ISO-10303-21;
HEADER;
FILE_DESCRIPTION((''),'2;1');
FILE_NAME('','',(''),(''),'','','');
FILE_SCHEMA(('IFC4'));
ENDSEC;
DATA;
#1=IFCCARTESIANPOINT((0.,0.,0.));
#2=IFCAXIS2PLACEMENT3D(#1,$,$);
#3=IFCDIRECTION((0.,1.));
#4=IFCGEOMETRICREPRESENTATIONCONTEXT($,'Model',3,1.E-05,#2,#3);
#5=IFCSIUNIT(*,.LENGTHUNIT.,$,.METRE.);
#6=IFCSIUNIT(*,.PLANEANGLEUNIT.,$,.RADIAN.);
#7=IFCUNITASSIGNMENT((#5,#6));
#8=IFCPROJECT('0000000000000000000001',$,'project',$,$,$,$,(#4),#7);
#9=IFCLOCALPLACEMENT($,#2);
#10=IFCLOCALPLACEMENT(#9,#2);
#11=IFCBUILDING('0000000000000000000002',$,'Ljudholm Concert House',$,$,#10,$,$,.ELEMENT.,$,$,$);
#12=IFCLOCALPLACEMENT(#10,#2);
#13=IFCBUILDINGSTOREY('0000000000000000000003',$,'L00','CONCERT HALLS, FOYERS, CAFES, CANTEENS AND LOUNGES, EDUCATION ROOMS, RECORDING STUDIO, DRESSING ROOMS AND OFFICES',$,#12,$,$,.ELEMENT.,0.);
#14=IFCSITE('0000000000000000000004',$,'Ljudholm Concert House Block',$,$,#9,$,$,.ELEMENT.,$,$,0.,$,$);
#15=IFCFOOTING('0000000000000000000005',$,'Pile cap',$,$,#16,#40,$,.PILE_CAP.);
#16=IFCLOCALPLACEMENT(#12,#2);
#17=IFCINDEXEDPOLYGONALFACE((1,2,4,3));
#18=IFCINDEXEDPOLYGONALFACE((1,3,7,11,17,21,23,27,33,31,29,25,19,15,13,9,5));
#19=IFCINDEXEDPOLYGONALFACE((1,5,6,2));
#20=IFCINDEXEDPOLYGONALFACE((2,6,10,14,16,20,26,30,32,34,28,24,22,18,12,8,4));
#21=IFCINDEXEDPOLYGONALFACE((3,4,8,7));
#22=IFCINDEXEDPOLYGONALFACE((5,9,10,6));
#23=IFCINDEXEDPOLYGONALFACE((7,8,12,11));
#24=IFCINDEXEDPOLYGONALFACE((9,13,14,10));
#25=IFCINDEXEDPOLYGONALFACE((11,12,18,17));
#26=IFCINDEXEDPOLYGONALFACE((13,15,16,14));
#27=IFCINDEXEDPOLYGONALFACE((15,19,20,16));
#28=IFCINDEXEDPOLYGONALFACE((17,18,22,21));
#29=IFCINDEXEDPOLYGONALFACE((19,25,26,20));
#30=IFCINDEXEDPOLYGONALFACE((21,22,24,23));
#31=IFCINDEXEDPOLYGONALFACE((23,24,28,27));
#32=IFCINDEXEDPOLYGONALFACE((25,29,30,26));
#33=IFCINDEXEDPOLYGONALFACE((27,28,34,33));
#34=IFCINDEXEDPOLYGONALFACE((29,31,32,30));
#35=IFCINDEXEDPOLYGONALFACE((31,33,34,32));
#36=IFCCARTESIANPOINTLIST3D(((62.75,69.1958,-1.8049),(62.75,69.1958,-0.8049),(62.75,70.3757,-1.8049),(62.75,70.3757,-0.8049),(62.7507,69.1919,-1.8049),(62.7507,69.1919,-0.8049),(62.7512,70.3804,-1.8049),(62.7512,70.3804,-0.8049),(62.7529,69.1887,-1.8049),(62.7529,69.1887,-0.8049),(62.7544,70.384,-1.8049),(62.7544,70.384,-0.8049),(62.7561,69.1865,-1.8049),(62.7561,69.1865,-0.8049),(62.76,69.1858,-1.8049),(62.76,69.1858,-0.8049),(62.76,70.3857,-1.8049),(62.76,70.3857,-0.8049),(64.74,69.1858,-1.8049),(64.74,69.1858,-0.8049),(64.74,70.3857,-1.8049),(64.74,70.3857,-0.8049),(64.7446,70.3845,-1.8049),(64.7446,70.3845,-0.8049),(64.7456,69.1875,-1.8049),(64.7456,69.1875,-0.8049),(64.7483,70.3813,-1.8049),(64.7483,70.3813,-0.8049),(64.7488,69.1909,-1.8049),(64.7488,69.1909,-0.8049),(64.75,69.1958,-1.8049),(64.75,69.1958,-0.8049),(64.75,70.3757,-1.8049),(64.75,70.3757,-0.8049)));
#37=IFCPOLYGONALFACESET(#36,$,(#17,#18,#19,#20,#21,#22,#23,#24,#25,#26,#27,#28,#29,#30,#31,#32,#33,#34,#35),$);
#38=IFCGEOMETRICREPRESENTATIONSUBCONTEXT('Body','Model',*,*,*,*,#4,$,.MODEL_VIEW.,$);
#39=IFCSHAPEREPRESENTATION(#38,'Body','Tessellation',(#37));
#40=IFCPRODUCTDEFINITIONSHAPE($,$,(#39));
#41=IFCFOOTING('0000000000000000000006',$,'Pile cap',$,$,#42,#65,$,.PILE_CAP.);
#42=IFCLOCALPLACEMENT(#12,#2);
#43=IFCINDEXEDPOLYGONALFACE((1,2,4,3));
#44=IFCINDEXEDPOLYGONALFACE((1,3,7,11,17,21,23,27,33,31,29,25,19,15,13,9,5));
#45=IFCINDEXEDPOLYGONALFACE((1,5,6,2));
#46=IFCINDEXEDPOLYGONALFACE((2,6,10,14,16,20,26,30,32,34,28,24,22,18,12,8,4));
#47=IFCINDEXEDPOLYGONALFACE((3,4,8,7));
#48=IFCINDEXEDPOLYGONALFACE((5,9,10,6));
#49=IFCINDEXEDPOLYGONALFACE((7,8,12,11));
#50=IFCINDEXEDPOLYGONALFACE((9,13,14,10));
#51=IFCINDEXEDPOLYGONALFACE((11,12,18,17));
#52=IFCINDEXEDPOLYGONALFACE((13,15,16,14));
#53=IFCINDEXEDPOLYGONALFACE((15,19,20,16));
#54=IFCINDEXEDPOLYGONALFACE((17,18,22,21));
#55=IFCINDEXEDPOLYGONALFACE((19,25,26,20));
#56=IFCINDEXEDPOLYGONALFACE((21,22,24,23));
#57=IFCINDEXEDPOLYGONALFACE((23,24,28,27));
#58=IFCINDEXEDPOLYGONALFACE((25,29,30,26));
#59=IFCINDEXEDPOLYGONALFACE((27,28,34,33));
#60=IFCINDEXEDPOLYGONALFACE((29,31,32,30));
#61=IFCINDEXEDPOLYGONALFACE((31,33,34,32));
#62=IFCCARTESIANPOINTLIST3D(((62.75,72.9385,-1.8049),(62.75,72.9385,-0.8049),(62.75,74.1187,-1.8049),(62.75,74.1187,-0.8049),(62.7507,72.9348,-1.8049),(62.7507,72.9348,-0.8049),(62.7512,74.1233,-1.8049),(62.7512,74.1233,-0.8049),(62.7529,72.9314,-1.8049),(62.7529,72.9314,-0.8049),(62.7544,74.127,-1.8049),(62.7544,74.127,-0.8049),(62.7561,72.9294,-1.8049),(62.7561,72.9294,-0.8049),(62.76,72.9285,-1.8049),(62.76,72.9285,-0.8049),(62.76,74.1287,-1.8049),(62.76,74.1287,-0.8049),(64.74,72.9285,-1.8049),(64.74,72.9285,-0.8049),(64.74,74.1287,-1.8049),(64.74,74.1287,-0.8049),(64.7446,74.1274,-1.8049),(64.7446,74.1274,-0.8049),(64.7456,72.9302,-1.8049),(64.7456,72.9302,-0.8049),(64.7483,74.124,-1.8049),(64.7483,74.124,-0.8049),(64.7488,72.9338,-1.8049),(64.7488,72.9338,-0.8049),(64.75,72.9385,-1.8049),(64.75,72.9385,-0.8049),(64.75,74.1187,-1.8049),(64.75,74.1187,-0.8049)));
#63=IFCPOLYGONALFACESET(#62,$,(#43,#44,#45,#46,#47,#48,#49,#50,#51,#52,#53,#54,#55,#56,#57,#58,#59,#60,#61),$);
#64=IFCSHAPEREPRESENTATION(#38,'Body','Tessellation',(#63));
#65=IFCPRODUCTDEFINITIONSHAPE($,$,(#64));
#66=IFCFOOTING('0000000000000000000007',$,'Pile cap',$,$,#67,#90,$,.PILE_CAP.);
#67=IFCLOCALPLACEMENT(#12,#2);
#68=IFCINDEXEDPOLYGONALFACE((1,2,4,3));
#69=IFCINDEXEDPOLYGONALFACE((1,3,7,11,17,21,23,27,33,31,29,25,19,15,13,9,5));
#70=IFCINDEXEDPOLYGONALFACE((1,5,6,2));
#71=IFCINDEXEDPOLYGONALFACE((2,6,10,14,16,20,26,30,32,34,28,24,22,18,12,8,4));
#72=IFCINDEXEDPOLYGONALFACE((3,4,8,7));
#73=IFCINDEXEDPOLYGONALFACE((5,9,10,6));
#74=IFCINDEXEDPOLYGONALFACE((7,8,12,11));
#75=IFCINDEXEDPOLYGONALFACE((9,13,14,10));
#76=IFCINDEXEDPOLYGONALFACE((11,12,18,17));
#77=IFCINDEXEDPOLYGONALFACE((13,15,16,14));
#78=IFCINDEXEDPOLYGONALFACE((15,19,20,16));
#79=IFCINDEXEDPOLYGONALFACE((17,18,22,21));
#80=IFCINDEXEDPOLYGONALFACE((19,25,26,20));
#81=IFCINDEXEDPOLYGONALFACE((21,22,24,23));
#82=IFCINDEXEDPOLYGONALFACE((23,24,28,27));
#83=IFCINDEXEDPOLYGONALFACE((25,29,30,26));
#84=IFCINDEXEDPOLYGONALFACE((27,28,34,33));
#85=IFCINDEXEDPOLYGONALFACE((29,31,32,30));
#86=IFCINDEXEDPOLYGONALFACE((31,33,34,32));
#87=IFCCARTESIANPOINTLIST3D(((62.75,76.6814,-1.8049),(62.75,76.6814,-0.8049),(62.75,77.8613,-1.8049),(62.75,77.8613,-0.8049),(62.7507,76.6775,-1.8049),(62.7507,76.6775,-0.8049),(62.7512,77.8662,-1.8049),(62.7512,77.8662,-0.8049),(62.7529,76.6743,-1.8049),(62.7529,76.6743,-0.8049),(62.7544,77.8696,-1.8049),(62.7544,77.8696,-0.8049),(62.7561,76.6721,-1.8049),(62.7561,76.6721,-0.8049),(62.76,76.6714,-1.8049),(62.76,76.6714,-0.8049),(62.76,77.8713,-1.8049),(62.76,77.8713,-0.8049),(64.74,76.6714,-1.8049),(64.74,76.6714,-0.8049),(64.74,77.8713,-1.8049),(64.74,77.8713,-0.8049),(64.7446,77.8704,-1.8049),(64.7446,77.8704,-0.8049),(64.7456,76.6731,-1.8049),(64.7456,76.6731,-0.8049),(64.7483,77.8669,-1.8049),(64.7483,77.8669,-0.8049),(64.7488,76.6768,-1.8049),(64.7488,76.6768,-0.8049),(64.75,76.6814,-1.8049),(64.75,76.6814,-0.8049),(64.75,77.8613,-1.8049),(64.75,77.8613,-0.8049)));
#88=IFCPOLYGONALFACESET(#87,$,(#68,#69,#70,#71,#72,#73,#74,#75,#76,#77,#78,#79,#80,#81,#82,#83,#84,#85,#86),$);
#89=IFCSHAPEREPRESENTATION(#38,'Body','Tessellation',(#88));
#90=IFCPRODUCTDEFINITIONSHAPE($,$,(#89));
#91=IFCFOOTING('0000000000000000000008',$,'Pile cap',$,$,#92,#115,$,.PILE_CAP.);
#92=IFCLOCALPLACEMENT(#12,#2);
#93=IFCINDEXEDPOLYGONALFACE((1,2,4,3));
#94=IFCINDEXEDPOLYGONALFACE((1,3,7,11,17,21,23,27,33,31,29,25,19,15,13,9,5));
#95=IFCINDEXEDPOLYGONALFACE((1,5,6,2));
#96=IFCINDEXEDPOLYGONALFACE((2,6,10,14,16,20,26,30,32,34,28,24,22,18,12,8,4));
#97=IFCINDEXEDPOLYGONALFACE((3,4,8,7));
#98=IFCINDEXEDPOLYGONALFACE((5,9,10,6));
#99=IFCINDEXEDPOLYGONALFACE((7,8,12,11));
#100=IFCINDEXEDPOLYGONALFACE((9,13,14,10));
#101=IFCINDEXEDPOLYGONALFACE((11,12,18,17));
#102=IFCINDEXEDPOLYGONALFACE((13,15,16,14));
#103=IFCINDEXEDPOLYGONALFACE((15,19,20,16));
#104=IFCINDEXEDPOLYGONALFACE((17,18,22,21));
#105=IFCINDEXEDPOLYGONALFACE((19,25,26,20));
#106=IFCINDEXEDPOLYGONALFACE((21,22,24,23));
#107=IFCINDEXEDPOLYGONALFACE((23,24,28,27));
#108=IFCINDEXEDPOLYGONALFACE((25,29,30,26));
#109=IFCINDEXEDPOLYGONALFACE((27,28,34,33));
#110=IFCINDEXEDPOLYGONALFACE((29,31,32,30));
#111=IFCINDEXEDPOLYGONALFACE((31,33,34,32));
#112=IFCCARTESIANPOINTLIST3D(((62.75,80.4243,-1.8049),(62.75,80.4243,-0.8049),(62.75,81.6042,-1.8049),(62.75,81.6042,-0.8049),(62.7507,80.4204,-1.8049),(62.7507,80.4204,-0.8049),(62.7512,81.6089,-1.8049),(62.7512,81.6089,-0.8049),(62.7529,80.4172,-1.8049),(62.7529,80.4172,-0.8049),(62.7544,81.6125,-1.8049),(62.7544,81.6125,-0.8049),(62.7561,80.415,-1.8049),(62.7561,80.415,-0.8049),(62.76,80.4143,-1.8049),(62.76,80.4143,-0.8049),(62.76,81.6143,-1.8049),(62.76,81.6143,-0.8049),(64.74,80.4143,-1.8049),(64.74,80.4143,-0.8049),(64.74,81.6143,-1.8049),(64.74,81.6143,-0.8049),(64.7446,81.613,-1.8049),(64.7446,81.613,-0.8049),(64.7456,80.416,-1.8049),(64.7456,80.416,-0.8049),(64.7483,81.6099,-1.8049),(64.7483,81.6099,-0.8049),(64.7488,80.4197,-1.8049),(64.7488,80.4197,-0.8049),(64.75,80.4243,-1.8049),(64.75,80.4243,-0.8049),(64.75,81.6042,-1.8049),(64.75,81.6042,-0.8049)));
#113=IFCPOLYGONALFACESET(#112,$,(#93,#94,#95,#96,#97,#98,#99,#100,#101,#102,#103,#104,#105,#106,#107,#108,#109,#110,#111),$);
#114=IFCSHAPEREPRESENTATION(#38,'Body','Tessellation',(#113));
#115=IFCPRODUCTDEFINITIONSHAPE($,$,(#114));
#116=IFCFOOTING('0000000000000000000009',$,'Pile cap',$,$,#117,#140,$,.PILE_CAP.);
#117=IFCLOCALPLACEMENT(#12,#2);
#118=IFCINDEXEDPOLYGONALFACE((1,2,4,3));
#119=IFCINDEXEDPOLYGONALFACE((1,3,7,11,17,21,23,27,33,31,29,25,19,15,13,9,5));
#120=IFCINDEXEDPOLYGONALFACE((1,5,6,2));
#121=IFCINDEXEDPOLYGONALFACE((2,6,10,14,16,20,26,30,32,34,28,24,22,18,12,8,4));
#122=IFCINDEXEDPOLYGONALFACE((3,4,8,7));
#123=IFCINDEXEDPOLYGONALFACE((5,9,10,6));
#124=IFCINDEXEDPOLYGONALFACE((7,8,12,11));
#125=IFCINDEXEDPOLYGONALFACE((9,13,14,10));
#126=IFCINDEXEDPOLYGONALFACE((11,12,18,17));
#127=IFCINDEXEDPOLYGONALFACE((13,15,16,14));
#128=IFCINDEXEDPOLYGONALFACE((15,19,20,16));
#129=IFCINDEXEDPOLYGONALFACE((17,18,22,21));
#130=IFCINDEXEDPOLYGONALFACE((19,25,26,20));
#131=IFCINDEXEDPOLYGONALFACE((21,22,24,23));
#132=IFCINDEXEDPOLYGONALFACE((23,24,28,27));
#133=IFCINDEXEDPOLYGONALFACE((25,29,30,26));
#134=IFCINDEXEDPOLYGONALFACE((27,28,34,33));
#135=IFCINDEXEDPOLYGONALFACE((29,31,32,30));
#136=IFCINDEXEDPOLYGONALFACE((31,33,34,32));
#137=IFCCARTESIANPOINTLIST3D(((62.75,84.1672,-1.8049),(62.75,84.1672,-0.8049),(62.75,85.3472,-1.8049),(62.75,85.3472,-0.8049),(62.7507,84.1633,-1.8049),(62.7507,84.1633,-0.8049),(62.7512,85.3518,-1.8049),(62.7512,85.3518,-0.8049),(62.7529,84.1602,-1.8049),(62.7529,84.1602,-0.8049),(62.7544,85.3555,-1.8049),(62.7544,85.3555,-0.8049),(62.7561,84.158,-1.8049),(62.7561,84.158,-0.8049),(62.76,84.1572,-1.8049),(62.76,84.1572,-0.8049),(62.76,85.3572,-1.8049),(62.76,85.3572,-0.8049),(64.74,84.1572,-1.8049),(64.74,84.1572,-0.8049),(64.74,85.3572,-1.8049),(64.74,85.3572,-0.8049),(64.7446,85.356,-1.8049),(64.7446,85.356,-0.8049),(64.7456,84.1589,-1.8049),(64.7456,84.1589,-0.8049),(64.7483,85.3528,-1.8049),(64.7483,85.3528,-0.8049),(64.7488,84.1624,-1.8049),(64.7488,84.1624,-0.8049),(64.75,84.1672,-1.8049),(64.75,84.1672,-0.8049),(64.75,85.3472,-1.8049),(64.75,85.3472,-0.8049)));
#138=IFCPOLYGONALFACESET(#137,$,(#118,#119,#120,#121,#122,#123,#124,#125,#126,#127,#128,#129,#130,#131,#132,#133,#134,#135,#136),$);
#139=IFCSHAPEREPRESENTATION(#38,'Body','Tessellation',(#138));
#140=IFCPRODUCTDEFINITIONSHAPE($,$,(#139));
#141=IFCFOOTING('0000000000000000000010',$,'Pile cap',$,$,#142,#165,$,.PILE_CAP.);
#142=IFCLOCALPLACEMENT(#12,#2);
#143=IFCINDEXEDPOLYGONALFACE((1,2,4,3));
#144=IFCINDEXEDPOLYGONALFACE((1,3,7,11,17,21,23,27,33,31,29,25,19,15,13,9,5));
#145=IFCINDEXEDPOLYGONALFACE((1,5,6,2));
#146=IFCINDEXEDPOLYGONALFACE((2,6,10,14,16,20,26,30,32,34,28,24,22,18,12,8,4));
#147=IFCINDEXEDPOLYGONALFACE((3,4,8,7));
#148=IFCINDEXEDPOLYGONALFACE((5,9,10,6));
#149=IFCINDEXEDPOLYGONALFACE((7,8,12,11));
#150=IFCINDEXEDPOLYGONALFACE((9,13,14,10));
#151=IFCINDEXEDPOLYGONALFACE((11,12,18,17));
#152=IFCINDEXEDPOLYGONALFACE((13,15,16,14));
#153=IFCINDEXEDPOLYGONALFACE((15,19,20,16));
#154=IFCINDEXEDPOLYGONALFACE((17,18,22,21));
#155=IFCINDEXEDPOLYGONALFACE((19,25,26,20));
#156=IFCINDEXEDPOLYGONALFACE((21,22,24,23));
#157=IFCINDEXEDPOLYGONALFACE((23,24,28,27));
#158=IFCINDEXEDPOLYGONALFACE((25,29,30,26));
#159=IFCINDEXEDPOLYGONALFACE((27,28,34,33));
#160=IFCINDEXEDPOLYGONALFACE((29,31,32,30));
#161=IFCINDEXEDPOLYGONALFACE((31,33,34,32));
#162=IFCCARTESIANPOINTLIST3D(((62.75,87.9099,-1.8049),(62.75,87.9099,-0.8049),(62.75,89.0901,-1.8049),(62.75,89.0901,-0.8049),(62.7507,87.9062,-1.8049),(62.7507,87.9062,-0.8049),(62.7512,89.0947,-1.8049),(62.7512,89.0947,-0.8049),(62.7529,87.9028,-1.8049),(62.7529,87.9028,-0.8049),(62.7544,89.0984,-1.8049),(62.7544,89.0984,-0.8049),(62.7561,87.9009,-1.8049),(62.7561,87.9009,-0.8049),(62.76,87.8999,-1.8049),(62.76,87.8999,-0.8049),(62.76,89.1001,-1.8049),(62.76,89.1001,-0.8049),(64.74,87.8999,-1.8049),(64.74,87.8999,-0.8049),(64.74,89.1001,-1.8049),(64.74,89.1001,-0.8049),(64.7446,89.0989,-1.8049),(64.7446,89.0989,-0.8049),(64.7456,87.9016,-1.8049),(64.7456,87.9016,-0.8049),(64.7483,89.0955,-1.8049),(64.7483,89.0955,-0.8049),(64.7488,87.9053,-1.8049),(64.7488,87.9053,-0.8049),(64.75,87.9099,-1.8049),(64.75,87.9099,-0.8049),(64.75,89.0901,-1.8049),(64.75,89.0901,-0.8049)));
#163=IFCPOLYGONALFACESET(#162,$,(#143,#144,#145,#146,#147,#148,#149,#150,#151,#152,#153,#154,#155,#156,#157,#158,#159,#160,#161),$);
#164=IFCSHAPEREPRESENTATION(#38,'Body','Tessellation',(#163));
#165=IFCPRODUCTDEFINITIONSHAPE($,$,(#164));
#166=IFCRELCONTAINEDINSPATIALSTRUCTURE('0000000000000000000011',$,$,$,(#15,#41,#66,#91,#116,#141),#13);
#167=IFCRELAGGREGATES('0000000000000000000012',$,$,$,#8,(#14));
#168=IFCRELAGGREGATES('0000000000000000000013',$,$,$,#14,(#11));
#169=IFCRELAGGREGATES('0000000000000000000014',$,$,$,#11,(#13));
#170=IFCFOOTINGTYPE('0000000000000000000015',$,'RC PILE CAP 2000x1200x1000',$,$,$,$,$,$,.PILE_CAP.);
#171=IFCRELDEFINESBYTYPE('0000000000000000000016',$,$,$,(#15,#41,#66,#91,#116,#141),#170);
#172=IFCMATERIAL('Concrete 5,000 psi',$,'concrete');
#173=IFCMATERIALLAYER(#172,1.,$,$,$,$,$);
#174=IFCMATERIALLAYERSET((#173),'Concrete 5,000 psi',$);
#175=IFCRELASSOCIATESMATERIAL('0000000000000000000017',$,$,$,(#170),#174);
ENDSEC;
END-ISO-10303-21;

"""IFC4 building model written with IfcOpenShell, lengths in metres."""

from ifc_helpers import new_model, si_unit, direction, frame, origin, place, context, subcontext, project, spatial, polyline, outline, extrude, material, layer, layer_set, type_object, element, save


model = new_model("IFC4")

# Units and contexts
model_context = context("Model", 3, precision=1e-05, world=origin(), true_north=direction((0.0, 1.0)))
body_context = subcontext(model_context, "Body", "Model", "MODEL_VIEW")
ifc_project = project(units=[si_unit("LENGTHUNIT", "METRE"), si_unit("PLANEANGLEUNIT", "RADIAN")], contexts=[model_context])

# Site, building, storey
site_placement = place(None, origin())
site = spatial("IfcSite", under=ifc_project, at=site_placement, Name="Ljudholm Concert House Block", CompositionType="ELEMENT", RefElevation=0.0)
building_placement = place(site_placement, origin())
building = spatial("IfcBuilding", under=site, at=building_placement, Name="Ljudholm Concert House", CompositionType="ELEMENT")
storey_placement = place(building_placement, origin())
storey = spatial("IfcBuildingStorey", under=building, at=storey_placement, Name="L00", Description="CONCERT HALLS, FOYERS, CAFES, CANTEENS AND LOUNGES, EDUCATION ROOMS, RECORDING STUDIO, DRESSING ROOMS AND OFFICES", CompositionType="ELEMENT", Elevation=0.0)

# Footings
ifc_material_1 = material(Name="Concrete 5,000 psi", Category="concrete")
ifc_layer_1 = layer(ifc_material_1, 1.0)
ifc_layer_set_1 = layer_set([ifc_layer_1], Name="Concrete 5,000 psi")
footing_type_1 = type_object("IfcFootingType", Name="RC PILE CAP 2000x1200x1000", PredefinedType="PILE_CAP", material=ifc_layer_set_1)
footing_1_placement = place(storey_placement, frame((0.0, 0.0, -1.8049)))
element("IfcFooting", 1, at=footing_1_placement, inside=storey, type_object=footing_type_1, Name="Pile cap", PredefinedType="PILE_CAP", context=body_context, shape_type="SweptSolid", body=[
    extrude(outline(polyline([(62.76, 69.1858), (64.74, 69.1858), (64.7456, 69.1875), (64.7488, 69.1909), (64.75, 69.1958), (64.75, 70.3757), (64.7483, 70.3813), (64.7446, 70.3845), (64.74, 70.3857), (62.76, 70.3857), (62.7544, 70.384), (62.7512, 70.3804), (62.75, 70.3757), (62.75, 69.1958), (62.7507, 69.1919), (62.7529, 69.1887), (62.7561, 69.1865), (62.76, 69.1858)])), origin(), (0.0, 0.0, 1.0), 1.0),
])
footing_2_placement = place(storey_placement, frame((0.0, 0.0, -1.8049)))
element("IfcFooting", 2, at=footing_2_placement, inside=storey, type_object=footing_type_1, Name="Pile cap", PredefinedType="PILE_CAP", context=body_context, shape_type="SweptSolid", body=[
    extrude(outline(polyline([(62.76, 72.9285), (64.74, 72.9285), (64.7456, 72.9302), (64.7488, 72.9338), (64.75, 72.9385), (64.75, 74.1187), (64.7483, 74.124), (64.7446, 74.1274), (64.74, 74.1287), (62.76, 74.1287), (62.7544, 74.127), (62.7512, 74.1233), (62.75, 74.1187), (62.75, 72.9385), (62.7507, 72.9348), (62.7529, 72.9314), (62.7561, 72.9294), (62.76, 72.9285)])), origin(), (0.0, 0.0, 1.0), 1.0),
])
footing_3_placement = place(storey_placement, frame((0.0, 0.0, -1.8049)))
element("IfcFooting", 3, at=footing_3_placement, inside=storey, type_object=footing_type_1, Name="Pile cap", PredefinedType="PILE_CAP", context=body_context, shape_type="SweptSolid", body=[
    extrude(outline(polyline([(62.76, 76.6714), (64.74, 76.6714), (64.7456, 76.6731), (64.7488, 76.6768), (64.75, 76.6814), (64.75, 77.8613), (64.7483, 77.8669), (64.7446, 77.8704), (64.74, 77.8713), (62.76, 77.8713), (62.7544, 77.8696), (62.7512, 77.8662), (62.75, 77.8613), (62.75, 76.6814), (62.7507, 76.6775), (62.7529, 76.6743), (62.7561, 76.6721), (62.76, 76.6714)])), origin(), (0.0, 0.0, 1.0), 1.0),
])
footing_4_placement = place(storey_placement, frame((0.0, 0.0, -1.8049)))
element("IfcFooting", 4, at=footing_4_placement, inside=storey, type_object=footing_type_1, Name="Pile cap", PredefinedType="PILE_CAP", context=body_context, shape_type="SweptSolid", body=[
    extrude(outline(polyline([(62.76, 80.4143), (64.74, 80.4143), (64.7456, 80.416), (64.7488, 80.4197), (64.75, 80.4243), (64.75, 81.6042), (64.7483, 81.6099), (64.7446, 81.613), (64.74, 81.6143), (62.76, 81.6143), (62.7544, 81.6125), (62.7512, 81.6089), (62.75, 81.6042), (62.75, 80.4243), (62.7507, 80.4204), (62.7529, 80.4172), (62.7561, 80.415), (62.76, 80.4143)])), origin(), (0.0, 0.0, 1.0), 1.0),
])
footing_5_placement = place(storey_placement, frame((0.0, 0.0, -1.8049)))
element("IfcFooting", 5, at=footing_5_placement, inside=storey, type_object=footing_type_1, Name="Pile cap", PredefinedType="PILE_CAP", context=body_context, shape_type="SweptSolid", body=[
    extrude(outline(polyline([(62.76, 84.1572), (64.74, 84.1572), (64.7456, 84.1589), (64.7488, 84.1624), (64.75, 84.1672), (64.75, 85.3472), (64.7483, 85.3528), (64.7446, 85.356), (64.74, 85.3572), (62.76, 85.3572), (62.7544, 85.3555), (62.7512, 85.3518), (62.75, 85.3472), (62.75, 84.1672), (62.7507, 84.1633), (62.7529, 84.1602), (62.7561, 84.158), (62.76, 84.1572)])), origin(), (0.0, 0.0, 1.0), 1.0),
])
footing_6_placement = place(storey_placement, frame((0.0, 0.0, -1.8049)))
element("IfcFooting", 6, at=footing_6_placement, inside=storey, type_object=footing_type_1, Name="Pile cap", PredefinedType="PILE_CAP", context=body_context, shape_type="SweptSolid", body=[
    extrude(outline(polyline([(62.76, 87.8999), (64.74, 87.8999), (64.7456, 87.9016), (64.7488, 87.9053), (64.75, 87.9099), (64.75, 89.0901), (64.7483, 89.0955), (64.7446, 89.0989), (64.74, 89.1001), (62.76, 89.1001), (62.7544, 89.0984), (62.7512, 89.0947), (62.75, 89.0901), (62.75, 87.9099), (62.7507, 87.9062), (62.7529, 87.9028), (62.7561, 87.9009), (62.76, 87.8999)])), origin(), (0.0, 0.0, 1.0), 1.0),
])

save(model, "model.ifc")
